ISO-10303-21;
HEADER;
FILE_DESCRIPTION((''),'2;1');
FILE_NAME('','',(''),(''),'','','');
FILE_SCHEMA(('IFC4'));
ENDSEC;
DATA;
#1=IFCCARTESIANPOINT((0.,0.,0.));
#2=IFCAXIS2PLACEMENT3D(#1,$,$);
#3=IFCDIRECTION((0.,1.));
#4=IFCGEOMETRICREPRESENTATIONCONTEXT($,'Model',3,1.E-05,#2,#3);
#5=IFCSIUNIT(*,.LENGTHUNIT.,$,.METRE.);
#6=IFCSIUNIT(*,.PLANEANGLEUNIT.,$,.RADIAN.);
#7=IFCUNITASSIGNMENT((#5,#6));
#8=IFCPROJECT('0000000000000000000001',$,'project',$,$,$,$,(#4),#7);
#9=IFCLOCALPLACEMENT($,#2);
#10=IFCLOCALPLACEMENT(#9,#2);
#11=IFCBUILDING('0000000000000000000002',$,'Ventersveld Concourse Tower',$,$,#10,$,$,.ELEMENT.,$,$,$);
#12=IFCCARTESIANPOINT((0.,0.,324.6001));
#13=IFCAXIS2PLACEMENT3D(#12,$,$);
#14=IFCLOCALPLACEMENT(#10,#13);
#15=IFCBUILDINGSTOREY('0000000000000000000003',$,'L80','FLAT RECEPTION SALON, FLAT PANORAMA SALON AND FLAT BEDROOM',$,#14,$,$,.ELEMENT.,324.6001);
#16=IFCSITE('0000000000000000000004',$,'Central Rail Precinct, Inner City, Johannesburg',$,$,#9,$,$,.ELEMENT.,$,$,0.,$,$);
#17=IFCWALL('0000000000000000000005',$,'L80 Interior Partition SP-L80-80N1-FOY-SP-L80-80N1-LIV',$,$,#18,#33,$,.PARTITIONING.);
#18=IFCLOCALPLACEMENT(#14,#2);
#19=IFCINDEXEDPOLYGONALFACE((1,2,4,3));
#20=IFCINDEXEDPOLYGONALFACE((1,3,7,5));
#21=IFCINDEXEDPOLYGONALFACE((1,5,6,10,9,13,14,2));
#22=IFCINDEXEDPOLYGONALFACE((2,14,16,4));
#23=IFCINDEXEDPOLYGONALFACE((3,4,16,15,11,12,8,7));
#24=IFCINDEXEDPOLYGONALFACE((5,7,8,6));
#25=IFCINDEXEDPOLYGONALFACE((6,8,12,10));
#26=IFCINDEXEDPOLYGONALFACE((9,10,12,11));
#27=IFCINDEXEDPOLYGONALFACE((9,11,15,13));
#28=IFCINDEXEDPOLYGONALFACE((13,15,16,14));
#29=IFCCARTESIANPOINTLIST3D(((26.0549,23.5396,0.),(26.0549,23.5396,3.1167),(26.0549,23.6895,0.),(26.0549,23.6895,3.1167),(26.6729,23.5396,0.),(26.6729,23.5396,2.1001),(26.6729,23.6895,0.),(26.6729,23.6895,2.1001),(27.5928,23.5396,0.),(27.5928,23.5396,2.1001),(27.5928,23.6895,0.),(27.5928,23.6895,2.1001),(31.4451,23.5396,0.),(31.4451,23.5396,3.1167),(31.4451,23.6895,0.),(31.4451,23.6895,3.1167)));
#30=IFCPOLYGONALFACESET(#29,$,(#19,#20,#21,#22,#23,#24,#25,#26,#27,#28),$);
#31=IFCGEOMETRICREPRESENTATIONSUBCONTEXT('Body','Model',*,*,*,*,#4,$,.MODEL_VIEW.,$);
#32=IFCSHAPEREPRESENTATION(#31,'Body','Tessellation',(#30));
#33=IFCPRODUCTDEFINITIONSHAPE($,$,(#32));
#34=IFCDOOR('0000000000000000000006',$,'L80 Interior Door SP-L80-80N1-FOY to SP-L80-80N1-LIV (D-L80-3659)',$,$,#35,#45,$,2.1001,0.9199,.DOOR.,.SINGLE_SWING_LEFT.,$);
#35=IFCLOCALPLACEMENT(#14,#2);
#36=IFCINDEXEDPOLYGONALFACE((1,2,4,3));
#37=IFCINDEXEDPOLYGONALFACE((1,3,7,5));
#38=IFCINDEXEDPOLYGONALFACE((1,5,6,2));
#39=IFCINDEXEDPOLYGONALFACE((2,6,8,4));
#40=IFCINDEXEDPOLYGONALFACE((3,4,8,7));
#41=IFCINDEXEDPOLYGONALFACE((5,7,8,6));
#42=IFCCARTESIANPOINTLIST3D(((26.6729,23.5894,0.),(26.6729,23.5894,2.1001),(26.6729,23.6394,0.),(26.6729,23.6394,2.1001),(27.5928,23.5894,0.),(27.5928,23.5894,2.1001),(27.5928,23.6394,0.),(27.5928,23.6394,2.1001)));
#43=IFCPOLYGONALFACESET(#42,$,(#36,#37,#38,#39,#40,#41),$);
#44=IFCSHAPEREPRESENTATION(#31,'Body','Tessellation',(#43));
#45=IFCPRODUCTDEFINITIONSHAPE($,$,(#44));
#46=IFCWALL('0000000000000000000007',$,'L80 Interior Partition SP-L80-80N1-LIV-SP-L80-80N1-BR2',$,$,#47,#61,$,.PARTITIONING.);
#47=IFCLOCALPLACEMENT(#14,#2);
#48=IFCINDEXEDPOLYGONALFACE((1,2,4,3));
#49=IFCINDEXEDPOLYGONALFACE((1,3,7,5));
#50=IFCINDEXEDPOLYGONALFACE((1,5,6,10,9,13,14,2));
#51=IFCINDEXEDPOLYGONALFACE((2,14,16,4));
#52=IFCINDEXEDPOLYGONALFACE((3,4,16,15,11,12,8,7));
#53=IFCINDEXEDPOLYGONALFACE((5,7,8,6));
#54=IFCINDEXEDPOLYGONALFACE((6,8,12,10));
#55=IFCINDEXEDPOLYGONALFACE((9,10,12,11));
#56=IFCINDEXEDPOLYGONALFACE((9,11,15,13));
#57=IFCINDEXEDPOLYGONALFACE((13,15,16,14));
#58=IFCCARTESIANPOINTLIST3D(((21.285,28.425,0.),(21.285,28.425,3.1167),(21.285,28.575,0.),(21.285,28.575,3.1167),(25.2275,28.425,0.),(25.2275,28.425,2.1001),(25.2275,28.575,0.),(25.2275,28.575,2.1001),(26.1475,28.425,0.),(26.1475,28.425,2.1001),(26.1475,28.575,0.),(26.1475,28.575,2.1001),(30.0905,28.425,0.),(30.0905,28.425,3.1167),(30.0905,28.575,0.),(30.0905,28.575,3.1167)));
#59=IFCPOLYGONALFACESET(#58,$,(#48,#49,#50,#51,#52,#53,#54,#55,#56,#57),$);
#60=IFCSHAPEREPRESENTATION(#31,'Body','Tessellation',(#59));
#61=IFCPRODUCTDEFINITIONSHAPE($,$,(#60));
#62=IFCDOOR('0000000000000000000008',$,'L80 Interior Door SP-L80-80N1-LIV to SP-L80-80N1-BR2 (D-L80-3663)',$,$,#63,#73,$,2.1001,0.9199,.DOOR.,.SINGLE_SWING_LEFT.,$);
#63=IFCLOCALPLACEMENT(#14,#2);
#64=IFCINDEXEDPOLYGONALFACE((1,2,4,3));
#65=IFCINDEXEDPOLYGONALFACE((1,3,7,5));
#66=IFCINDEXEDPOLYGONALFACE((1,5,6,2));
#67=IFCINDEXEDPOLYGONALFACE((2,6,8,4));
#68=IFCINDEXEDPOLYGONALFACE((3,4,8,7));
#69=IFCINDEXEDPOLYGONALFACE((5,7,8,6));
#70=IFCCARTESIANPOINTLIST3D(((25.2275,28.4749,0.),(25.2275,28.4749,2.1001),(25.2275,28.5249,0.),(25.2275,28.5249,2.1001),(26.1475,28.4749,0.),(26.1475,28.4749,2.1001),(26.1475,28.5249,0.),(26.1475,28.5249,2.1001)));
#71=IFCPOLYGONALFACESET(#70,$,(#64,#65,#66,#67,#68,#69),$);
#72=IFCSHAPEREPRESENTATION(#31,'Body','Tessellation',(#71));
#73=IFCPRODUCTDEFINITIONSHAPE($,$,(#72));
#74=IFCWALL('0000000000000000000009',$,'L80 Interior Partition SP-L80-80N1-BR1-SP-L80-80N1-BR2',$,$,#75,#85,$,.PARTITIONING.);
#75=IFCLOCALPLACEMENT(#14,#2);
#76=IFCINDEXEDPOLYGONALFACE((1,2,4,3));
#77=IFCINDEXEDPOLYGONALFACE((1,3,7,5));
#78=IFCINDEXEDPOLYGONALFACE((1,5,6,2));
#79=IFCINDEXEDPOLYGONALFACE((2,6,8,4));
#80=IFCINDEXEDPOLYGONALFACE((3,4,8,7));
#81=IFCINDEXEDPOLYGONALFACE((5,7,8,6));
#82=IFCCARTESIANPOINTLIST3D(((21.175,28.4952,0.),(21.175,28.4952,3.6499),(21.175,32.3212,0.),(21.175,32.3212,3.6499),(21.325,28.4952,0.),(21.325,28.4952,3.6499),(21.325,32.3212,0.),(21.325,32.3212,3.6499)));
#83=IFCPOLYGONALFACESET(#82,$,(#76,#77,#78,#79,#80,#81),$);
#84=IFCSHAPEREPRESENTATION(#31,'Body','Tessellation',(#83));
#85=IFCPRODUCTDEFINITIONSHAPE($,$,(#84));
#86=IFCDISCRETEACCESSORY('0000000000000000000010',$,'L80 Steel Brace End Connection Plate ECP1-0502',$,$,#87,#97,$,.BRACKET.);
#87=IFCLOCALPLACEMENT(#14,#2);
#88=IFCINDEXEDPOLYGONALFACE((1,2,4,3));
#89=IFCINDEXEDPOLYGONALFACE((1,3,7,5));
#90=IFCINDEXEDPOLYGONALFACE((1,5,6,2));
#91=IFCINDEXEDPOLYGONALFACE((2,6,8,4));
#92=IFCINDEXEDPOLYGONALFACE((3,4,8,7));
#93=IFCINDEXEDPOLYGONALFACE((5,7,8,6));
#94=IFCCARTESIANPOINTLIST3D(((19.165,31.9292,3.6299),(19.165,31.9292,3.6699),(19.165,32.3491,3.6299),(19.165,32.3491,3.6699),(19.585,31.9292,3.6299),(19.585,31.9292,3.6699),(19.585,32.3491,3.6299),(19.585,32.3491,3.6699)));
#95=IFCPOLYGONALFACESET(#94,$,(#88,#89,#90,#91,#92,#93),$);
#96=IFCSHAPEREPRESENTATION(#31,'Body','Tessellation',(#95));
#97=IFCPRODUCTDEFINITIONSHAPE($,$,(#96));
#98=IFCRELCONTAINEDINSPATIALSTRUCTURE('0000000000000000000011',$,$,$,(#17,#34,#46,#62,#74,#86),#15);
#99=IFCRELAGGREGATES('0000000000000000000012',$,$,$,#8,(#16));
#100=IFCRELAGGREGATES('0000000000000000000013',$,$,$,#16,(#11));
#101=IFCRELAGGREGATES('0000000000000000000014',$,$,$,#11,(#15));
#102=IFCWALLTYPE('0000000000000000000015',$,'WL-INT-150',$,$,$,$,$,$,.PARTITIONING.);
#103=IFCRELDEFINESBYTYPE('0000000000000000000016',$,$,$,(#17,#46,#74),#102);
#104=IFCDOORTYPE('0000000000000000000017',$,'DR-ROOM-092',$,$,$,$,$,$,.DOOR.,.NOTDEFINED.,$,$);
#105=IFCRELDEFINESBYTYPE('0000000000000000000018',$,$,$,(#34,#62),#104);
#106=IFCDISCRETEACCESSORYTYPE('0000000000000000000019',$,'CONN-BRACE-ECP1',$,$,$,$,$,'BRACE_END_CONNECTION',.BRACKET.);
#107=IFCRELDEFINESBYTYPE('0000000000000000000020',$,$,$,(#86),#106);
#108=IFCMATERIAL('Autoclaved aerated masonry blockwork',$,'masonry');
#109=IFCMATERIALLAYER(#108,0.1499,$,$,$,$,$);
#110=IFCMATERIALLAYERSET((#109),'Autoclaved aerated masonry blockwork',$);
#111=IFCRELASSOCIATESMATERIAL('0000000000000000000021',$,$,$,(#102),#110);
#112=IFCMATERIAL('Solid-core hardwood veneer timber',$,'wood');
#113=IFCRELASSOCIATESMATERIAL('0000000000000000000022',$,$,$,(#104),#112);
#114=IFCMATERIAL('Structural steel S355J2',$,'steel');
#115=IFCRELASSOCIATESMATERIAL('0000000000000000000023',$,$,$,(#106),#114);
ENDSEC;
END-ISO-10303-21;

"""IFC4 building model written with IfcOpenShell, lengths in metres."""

from ifc_helpers import new_model, si_unit, direction, frame, frame_2d, origin, origin_2d, place, context, subcontext, project, spatial, rectangle, extrude, material, layer, layer_set, type_object, element, fill, save


model = new_model("IFC4")

# Units and contexts
model_context = context("Model", 3, precision=1e-05, world=origin(), true_north=direction((0.0, 1.0)))
body_context = subcontext(model_context, "Body", "Model", "MODEL_VIEW")
ifc_project = project(units=[si_unit("LENGTHUNIT", "METRE"), si_unit("PLANEANGLEUNIT", "RADIAN")], contexts=[model_context])

# Site, building, storey
site_placement = place(None, origin())
site = spatial("IfcSite", under=ifc_project, at=site_placement, Name="Central Rail Precinct, Inner City, Johannesburg", CompositionType="ELEMENT", RefElevation=0.0)
building_placement = place(site_placement, origin())
building = spatial("IfcBuilding", under=site, at=building_placement, Name="Ventersveld Concourse Tower", CompositionType="ELEMENT")
storey_placement = place(building_placement, frame((0.0, 0.0, 324.6001)))
storey = spatial("IfcBuildingStorey", under=building, at=storey_placement, Name="L80", Description="FLAT RECEPTION SALON, FLAT PANORAMA SALON AND FLAT BEDROOM", CompositionType="ELEMENT", Elevation=324.6001)

# Shared definitions
ifc_material_1 = material(Name="Structural steel S355J2", Category="steel")

# Shared definitions
ifc_material_2 = material(Name="Autoclaved aerated masonry blockwork", Category="masonry")
ifc_layer = layer(ifc_material_2, 0.1499)
ifc_layer_set = layer_set([ifc_layer], Name="Autoclaved aerated masonry blockwork")
wall_type = type_object("IfcWallType", Name="WL-INT-150", PredefinedType="PARTITIONING", material=ifc_layer_set)

# Walls, openings, doors
ifc_material_3 = material(Name="Solid-core hardwood veneer timber", Category="wood")
door_type = type_object("IfcDoorType", Name="DR-ROOM-092", OperationType="NOTDEFINED", PredefinedType="DOOR", material=ifc_material_3)
wall_1_placement = place(storey_placement, frame((26.0549, 23.6145, 0.0), z_axis=(0.0, 0.0, 1.0), x_axis=(1.0, 0.0, 0.0)))
wall_1 = element("IfcWall", 1, at=wall_1_placement, inside=storey, type_object=wall_type, Name="L80 Interior Partition SP-L80-80N1-FOY-SP-L80-80N1-LIV", PredefinedType="PARTITIONING", context=body_context, shape_type="SweptSolid", body=[
    extrude(rectangle(XDim=5.3901, YDim=0.1499, at=frame_2d((2.6951, 0.0))), origin(), (0.0, 0.0, 1.0), 3.1167),
])
opening_1_placement = place(wall_1_placement, frame((0.6179, 0.0, 0.0)))
opening_1 = element("IfcOpeningElement", 2, at=opening_1_placement, cuts=wall_1, PredefinedType="OPENING", context=body_context, shape_type="SweptSolid", body=[
    extrude(rectangle(XDim=0.9199, YDim=2.1001, at=frame_2d((0.46, 1.05))), frame((0.0, 0.085, 0.0), z_axis=(0.0, -1.0, 0.0), x_axis=(1.0, 0.0, 0.0)), (0.0, 0.0, 1.0), 0.1699),
])
door_1_placement = place(opening_1_placement, origin())
door_1 = element("IfcDoor", 3, at=door_1_placement, inside=storey, type_object=door_type, Name="L80 Interior Door SP-L80-80N1-FOY to SP-L80-80N1-LIV (D-L80-3659)", OperationType="SINGLE_SWING_LEFT", OverallHeight=2.1001, OverallWidth=0.9199, PredefinedType="DOOR", context=body_context, shape_type="SweptSolid", body=[
    extrude(rectangle(XDim=0.9199, YDim=2.1001, at=frame_2d((0.46, 1.05))), frame((0.0, 0.0249, 0.0), z_axis=(0.0, -1.0, 0.0), x_axis=(1.0, 0.0, 0.0)), (0.0, 0.0, 1.0), 0.05),
])
fill(opening_1, door_1)
wall_2_placement = place(storey_placement, frame((21.2849, 28.5, 0.0), z_axis=(0.0, 0.0, 1.0), x_axis=(1.0, 0.0, 0.0)))
wall_2 = element("IfcWall", 4, at=wall_2_placement, inside=storey, type_object=wall_type, Name="L80 Interior Partition SP-L80-80N1-LIV-SP-L80-80N1-BR2", PredefinedType="PARTITIONING", context=body_context, shape_type="SweptSolid", body=[
    extrude(rectangle(XDim=8.8054, YDim=0.1499, at=frame_2d((4.4028, 0.0))), origin(), (0.0, 0.0, 1.0), 3.1167),
])
opening_2_placement = place(wall_2_placement, frame((3.9426, 0.0, 0.0)))
opening_2 = element("IfcOpeningElement", 5, at=opening_2_placement, cuts=wall_2, PredefinedType="OPENING", context=body_context, shape_type="SweptSolid", body=[
    extrude(rectangle(XDim=0.9199, YDim=2.1001, at=frame_2d((0.46, 1.05))), frame((0.0, 0.085, 0.0), z_axis=(0.0, -1.0, 0.0), x_axis=(1.0, 0.0, 0.0)), (0.0, 0.0, 1.0), 0.1699),
])
door_2_placement = place(opening_2_placement, origin())
door_2 = element("IfcDoor", 6, at=door_2_placement, inside=storey, type_object=door_type, Name="L80 Interior Door SP-L80-80N1-LIV to SP-L80-80N1-BR2 (D-L80-3663)", OperationType="SINGLE_SWING_LEFT", OverallHeight=2.1001, OverallWidth=0.9199, PredefinedType="DOOR", context=body_context, shape_type="SweptSolid", body=[
    extrude(rectangle(XDim=0.9199, YDim=2.1001, at=frame_2d((0.46, 1.05))), frame((0.0, 0.0249, 0.0), z_axis=(0.0, -1.0, 0.0), x_axis=(1.0, 0.0, 0.0)), (0.0, 0.0, 1.0), 0.05),
])
fill(opening_2, door_2)

# Wall
wall_3_placement = place(storey_placement, frame((21.25, 28.4951, 0.0), z_axis=(0.0, 0.0, 1.0), x_axis=(0.0, 1.0, 0.0)))
element("IfcWall", 7, at=wall_3_placement, inside=storey, type_object=wall_type, Name="L80 Interior Partition SP-L80-80N1-BR1-SP-L80-80N1-BR2", PredefinedType="PARTITIONING", context=body_context, shape_type="SweptSolid", body=[
    extrude(rectangle(XDim=3.8259, YDim=0.1499, at=frame_2d((1.9131, 0.0))), origin(), (0.0, 0.0, 1.0), 3.6499),
])

# Discrete accessory
discrete_accessory_type = type_object("IfcDiscreteAccessoryType", Name="CONN-BRACE-ECP1", ElementType="BRACE_END_CONNECTION", PredefinedType="BRACKET", material=ifc_material_1)
discrete_accessory_placement = place(storey_placement, frame((19.375, 32.1392, 3.6299), z_axis=(0.0, 0.0, 1.0), x_axis=(1.0, 0.0, 0.0)))
element("IfcDiscreteAccessory", 8, at=discrete_accessory_placement, inside=storey, type_object=discrete_accessory_type, Name="L80 Steel Brace End Connection Plate ECP1-0502", PredefinedType="BRACKET", context=body_context, shape_type="SweptSolid", body=[
    extrude(rectangle(XDim=0.4199, YDim=0.4199, at=origin_2d()), origin(), (0.0, 0.0, 1.0), 0.04),
])

save(model, "model.ifc")
